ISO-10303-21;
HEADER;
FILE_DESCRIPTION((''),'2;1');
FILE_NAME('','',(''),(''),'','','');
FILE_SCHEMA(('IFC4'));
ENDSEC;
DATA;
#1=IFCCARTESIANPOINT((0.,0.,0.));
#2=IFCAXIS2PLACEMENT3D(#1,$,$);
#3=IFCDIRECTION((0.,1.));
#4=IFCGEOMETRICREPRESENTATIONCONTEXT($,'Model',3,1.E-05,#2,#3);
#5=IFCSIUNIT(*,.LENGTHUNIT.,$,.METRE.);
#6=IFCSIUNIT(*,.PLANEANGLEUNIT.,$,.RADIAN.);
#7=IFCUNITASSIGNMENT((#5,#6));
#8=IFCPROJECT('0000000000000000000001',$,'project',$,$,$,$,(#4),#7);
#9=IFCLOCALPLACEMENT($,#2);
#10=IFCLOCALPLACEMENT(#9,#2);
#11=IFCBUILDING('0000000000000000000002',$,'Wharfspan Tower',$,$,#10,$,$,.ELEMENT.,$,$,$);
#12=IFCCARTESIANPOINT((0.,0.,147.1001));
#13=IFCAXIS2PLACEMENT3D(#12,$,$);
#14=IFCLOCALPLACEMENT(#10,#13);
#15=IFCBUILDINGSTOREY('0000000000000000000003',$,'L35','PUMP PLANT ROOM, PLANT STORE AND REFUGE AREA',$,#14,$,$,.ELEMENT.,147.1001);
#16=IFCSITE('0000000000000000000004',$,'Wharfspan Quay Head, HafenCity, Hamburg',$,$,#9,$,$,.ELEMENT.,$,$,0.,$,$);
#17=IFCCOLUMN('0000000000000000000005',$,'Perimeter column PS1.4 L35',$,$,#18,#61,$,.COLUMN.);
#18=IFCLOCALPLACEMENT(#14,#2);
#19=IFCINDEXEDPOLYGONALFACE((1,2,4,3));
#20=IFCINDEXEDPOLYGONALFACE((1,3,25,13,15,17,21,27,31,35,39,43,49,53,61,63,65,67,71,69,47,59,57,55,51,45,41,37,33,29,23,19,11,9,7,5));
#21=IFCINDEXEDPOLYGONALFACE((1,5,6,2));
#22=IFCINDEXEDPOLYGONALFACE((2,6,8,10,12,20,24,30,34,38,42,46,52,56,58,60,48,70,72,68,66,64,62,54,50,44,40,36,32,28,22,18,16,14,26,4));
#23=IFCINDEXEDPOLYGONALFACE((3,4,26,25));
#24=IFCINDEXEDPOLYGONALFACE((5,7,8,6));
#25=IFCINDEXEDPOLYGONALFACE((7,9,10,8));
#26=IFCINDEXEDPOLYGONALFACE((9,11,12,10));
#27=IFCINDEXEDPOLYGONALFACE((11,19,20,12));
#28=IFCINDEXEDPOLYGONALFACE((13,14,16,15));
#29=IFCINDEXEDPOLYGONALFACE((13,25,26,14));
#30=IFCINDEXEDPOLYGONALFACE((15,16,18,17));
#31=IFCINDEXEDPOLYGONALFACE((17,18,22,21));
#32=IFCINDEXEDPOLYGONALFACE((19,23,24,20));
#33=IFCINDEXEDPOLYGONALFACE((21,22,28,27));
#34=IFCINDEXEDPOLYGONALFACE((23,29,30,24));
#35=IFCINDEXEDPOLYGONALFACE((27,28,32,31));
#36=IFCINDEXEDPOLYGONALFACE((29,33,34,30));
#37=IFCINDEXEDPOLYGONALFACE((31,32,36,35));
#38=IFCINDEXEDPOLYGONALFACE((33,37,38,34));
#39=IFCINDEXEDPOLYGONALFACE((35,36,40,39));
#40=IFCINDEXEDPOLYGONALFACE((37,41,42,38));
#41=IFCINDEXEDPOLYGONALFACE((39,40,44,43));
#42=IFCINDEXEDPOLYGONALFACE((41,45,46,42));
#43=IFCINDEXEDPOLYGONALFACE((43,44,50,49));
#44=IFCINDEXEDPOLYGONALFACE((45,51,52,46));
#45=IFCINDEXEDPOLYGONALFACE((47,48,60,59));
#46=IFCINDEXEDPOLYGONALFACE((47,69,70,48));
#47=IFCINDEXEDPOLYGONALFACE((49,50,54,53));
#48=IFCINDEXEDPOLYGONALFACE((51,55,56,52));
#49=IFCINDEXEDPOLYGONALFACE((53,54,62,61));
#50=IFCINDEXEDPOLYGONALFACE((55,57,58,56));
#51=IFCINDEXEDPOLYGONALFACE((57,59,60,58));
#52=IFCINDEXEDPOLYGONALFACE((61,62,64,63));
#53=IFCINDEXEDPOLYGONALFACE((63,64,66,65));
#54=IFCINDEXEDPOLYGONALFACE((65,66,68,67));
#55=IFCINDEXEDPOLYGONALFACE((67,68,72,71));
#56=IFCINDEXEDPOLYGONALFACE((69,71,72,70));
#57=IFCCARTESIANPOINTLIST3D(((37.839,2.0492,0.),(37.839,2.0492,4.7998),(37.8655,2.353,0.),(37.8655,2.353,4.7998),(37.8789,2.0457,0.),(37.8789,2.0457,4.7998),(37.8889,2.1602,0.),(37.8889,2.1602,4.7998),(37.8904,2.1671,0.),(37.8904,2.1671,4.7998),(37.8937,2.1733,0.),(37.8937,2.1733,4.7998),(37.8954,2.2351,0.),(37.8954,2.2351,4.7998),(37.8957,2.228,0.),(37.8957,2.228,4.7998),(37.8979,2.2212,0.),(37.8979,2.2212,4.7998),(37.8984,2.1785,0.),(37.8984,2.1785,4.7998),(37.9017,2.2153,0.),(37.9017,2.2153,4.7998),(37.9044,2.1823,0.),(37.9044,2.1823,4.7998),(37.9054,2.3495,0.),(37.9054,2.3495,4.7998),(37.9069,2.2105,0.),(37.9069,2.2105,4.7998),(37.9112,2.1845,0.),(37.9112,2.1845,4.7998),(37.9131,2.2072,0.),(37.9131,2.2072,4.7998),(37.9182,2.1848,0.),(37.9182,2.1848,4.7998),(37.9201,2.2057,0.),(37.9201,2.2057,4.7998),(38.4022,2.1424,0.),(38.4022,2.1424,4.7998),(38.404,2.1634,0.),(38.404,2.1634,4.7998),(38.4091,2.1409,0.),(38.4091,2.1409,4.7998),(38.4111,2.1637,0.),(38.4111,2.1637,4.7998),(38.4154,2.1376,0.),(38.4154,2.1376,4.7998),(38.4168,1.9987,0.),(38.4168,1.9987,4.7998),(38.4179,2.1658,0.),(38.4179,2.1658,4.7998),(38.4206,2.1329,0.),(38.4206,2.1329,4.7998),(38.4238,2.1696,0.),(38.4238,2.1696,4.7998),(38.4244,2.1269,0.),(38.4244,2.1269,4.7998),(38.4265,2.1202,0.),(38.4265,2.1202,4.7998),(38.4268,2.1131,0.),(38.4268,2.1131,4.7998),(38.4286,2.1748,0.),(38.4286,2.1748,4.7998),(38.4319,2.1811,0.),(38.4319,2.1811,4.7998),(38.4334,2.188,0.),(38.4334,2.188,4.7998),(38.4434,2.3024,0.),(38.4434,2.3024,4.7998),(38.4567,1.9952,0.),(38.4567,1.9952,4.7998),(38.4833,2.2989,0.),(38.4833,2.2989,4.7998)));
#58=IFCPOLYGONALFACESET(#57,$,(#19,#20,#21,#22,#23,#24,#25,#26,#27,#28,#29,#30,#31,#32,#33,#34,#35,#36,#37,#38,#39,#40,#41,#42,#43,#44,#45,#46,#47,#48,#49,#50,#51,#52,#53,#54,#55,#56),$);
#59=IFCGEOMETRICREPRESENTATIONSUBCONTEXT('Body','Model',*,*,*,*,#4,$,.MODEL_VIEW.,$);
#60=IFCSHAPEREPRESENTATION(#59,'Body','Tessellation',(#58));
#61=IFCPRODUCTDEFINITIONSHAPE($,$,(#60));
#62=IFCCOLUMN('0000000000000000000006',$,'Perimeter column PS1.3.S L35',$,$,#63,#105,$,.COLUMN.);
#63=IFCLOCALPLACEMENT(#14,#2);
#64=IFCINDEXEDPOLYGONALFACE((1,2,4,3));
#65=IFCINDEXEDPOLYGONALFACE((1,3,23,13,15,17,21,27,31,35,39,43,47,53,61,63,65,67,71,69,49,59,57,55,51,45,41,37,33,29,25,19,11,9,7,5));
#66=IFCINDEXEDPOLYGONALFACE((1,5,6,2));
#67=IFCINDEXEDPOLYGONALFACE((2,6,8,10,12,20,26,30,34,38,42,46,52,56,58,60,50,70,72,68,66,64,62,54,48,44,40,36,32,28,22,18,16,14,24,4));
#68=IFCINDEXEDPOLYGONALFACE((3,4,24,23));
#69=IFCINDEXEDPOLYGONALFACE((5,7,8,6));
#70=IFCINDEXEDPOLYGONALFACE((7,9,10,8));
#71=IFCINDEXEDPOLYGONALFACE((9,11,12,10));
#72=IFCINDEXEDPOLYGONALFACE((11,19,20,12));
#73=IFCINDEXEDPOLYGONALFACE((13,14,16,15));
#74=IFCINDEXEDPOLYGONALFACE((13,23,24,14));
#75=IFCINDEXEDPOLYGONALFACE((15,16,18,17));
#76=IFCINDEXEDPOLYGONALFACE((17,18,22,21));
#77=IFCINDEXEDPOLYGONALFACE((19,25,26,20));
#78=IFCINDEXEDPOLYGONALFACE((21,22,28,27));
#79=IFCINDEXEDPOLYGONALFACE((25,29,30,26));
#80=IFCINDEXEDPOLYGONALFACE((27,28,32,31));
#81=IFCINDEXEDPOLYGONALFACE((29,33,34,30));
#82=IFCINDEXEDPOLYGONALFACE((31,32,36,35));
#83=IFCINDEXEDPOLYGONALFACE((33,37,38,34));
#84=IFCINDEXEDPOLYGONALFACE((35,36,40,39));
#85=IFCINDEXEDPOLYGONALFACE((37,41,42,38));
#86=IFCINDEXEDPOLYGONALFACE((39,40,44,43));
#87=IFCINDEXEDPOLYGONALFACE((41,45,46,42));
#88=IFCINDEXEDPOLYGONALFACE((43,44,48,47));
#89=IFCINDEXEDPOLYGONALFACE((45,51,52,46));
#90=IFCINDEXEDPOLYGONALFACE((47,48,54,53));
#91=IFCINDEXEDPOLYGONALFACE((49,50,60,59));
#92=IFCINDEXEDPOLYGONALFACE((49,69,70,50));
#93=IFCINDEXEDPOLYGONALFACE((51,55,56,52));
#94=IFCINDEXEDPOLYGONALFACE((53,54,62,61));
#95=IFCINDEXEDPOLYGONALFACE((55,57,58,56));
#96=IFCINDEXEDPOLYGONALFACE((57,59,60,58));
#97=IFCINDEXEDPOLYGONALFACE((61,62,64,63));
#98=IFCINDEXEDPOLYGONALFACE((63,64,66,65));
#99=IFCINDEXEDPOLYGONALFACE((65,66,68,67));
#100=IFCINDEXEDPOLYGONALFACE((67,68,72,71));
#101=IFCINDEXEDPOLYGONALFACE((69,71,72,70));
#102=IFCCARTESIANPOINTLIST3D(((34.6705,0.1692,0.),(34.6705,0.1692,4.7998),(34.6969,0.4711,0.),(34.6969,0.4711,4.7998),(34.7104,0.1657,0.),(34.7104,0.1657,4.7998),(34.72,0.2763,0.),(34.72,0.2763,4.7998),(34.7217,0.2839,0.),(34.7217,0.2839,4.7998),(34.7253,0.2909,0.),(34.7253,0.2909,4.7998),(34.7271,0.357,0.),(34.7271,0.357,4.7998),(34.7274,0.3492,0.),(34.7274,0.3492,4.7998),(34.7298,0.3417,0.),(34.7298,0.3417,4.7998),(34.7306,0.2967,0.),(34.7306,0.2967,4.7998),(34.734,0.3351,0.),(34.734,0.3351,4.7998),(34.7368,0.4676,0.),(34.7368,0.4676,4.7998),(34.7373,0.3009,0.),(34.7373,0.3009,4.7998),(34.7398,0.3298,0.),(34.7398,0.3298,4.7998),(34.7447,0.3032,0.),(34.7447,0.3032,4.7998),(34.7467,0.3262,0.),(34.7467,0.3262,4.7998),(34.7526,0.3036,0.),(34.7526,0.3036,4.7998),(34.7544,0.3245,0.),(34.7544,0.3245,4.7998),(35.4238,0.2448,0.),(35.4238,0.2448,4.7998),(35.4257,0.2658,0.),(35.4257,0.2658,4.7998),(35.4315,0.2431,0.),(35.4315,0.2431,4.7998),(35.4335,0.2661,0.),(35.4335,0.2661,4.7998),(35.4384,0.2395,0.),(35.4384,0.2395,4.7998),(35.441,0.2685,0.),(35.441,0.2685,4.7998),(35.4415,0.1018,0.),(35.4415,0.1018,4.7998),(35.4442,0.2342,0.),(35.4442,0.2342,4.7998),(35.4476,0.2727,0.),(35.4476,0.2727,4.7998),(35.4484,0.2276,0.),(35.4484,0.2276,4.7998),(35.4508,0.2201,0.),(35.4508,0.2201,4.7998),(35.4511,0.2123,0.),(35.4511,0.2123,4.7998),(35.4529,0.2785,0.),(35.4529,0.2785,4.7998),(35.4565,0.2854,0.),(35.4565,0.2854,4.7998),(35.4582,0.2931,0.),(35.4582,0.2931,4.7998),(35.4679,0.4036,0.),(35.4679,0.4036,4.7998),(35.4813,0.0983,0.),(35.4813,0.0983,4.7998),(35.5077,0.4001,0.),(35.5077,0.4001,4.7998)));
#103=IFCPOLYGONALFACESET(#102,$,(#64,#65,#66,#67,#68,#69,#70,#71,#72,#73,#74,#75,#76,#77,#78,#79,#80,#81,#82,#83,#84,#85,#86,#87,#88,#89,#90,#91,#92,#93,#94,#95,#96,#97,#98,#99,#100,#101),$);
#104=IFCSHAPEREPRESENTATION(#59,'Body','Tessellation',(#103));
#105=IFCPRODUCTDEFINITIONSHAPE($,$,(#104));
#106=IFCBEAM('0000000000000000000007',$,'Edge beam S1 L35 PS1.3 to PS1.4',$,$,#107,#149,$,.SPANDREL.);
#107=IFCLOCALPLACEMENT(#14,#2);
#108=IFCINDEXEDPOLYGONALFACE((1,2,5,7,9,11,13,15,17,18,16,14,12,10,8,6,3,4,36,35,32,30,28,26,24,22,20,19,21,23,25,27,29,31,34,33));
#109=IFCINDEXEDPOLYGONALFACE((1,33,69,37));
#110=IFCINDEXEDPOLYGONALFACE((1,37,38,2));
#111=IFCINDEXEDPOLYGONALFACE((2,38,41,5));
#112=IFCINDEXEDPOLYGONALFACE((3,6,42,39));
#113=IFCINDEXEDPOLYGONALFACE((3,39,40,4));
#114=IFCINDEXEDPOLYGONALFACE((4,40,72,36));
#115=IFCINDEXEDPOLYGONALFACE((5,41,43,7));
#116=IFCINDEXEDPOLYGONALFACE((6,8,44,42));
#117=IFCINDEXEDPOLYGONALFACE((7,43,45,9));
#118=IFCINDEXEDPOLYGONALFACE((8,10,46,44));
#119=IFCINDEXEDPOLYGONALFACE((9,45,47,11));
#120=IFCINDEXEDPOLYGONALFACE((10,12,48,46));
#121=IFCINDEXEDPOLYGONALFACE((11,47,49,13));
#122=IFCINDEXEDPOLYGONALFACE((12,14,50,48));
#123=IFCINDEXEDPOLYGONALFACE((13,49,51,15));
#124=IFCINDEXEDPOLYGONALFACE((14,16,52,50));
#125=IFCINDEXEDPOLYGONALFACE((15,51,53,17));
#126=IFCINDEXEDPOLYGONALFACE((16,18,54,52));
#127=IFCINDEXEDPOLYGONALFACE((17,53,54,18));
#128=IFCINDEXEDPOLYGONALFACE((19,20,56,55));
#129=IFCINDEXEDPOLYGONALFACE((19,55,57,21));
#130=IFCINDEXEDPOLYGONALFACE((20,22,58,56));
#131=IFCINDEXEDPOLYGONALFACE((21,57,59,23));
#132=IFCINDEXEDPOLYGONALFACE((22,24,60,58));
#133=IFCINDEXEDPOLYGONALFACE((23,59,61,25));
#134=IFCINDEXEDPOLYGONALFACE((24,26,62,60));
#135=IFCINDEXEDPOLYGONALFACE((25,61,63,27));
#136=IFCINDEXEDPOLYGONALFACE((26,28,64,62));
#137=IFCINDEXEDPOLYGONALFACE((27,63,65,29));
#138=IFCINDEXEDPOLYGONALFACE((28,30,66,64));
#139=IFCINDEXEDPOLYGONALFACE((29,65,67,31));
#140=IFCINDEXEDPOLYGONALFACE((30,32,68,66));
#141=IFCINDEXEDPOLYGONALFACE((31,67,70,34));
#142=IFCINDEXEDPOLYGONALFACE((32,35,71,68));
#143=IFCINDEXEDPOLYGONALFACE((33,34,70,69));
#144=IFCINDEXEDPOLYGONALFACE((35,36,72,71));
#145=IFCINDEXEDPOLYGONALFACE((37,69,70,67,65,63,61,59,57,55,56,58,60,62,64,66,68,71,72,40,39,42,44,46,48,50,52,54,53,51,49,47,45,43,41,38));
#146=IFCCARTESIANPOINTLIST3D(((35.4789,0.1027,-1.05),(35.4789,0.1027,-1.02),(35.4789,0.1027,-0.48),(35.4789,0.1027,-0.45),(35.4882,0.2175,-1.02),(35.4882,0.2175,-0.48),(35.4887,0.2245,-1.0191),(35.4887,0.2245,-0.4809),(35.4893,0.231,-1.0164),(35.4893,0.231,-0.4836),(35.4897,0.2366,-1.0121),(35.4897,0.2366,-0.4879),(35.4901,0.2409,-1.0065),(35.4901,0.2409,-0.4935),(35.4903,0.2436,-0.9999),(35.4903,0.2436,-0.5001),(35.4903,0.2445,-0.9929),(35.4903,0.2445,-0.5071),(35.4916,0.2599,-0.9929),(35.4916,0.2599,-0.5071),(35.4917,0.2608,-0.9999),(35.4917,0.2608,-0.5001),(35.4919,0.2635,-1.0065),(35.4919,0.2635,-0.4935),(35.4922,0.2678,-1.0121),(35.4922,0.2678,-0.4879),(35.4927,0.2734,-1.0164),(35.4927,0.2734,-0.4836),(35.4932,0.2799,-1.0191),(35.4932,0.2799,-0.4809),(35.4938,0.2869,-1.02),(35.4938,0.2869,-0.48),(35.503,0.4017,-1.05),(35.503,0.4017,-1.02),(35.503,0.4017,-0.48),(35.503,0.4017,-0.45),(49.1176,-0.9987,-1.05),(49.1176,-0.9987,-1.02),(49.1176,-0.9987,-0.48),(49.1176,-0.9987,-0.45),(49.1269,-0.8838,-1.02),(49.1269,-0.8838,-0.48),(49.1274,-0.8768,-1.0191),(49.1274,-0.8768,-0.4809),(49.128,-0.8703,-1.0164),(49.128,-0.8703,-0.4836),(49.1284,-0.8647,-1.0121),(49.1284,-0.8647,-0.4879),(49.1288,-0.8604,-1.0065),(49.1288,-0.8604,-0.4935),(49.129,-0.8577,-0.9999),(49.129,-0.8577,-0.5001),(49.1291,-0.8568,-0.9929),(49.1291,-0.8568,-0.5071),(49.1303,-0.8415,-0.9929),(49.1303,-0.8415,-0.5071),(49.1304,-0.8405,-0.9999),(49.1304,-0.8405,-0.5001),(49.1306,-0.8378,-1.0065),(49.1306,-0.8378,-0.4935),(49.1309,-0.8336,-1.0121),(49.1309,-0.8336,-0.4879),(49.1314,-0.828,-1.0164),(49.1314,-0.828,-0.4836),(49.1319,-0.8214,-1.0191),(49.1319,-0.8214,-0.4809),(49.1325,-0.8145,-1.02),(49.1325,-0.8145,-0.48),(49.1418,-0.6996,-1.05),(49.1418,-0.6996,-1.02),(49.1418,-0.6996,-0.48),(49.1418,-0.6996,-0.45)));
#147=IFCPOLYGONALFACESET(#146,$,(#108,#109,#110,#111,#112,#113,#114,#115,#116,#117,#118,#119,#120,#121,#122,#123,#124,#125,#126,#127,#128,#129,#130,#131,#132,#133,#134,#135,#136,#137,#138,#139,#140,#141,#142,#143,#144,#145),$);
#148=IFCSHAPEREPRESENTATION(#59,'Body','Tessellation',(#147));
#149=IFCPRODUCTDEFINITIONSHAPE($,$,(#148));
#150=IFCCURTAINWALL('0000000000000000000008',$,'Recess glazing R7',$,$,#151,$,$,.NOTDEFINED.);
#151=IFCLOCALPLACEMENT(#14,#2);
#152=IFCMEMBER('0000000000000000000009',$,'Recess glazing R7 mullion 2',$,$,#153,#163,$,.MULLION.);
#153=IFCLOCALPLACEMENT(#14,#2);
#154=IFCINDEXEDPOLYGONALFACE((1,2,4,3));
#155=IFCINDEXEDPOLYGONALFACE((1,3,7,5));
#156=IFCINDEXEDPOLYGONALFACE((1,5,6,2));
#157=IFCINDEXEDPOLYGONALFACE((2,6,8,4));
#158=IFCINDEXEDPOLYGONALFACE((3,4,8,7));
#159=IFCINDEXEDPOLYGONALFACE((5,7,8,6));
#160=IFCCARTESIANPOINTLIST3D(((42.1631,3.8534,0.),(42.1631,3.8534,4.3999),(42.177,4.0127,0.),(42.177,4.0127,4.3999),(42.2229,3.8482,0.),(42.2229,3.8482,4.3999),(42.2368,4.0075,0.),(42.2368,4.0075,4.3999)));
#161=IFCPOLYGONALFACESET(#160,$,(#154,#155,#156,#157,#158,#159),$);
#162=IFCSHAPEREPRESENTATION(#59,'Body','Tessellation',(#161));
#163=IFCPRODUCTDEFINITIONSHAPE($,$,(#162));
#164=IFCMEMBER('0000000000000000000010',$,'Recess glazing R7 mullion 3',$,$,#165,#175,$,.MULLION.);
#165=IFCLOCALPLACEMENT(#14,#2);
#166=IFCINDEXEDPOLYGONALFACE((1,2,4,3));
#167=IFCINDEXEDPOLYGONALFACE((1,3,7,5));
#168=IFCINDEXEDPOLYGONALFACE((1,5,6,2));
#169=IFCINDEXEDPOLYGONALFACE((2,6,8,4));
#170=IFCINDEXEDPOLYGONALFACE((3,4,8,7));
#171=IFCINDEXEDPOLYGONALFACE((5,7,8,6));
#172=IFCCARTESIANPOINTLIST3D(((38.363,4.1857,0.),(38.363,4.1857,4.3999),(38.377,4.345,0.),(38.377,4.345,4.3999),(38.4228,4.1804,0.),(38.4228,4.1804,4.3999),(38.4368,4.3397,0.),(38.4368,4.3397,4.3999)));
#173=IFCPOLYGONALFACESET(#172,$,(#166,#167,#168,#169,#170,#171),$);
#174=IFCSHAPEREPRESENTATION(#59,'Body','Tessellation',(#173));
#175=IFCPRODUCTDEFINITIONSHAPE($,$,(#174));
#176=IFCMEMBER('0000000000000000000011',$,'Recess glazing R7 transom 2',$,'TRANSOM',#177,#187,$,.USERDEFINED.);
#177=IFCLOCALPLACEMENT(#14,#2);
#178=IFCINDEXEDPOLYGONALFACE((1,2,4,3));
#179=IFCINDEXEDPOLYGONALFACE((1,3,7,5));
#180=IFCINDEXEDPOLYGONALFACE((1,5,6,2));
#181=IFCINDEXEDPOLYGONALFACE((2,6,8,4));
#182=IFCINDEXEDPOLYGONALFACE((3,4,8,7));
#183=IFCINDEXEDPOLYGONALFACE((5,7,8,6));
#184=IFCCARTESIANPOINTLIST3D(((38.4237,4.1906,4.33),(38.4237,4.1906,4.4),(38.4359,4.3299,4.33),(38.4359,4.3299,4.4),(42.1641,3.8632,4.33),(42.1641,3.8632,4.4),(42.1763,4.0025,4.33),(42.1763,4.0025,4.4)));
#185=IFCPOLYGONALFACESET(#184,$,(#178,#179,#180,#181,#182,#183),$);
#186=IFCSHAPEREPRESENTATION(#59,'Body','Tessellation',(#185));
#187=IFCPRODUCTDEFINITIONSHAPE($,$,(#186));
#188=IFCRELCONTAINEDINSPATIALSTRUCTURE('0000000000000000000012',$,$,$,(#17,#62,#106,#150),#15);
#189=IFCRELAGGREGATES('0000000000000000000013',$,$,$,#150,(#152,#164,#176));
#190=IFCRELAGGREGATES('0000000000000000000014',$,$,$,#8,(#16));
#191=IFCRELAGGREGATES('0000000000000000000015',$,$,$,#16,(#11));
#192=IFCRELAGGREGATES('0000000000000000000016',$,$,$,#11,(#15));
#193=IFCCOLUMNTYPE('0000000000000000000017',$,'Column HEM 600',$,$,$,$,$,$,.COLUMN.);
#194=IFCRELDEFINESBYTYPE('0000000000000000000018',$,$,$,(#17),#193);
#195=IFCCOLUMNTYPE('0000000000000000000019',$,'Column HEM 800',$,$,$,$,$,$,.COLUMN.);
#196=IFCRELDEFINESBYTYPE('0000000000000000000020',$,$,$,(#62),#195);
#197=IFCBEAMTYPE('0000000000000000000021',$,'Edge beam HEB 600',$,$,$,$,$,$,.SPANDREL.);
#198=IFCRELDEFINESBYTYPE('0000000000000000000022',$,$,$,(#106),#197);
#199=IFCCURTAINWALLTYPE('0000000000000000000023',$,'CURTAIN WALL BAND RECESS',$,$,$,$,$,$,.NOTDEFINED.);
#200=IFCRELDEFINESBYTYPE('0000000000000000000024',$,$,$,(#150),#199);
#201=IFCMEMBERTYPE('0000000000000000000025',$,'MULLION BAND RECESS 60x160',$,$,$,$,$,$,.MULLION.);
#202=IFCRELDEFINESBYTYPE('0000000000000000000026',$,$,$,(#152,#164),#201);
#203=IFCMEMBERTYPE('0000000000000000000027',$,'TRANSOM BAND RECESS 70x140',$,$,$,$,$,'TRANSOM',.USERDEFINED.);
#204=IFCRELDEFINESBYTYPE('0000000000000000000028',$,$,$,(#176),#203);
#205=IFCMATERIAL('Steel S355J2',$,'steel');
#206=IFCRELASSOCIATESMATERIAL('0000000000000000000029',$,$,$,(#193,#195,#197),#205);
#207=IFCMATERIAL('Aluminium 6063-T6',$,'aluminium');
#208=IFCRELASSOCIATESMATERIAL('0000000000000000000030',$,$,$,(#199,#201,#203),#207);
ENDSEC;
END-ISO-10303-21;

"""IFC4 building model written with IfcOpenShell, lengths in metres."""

from ifc_helpers import new_model, si_unit, direction, frame, origin, origin_2d, place, context, subcontext, project, spatial, rectangle, i_section, extrude, material, material_profile, profile_set, type_object, element, aggregate, save


model = new_model("IFC4")

# Units and contexts
model_context = context("Model", 3, precision=1e-05, world=origin(), true_north=direction((0.0, 1.0)))
body_context = subcontext(model_context, "Body", "Model", "MODEL_VIEW")
ifc_project = project(units=[si_unit("LENGTHUNIT", "METRE"), si_unit("PLANEANGLEUNIT", "RADIAN")], contexts=[model_context])

# Site, building, storey
site_placement = place(None, origin())
site = spatial("IfcSite", under=ifc_project, at=site_placement, Name="Wharfspan Quay Head, HafenCity, Hamburg", CompositionType="ELEMENT", RefElevation=0.0)
building_placement = place(site_placement, origin())
building = spatial("IfcBuilding", under=site, at=building_placement, Name="Wharfspan Tower", CompositionType="ELEMENT")
storey_placement = place(building_placement, frame((0.0, 0.0, 147.1001)))
storey = spatial("IfcBuildingStorey", under=building, at=storey_placement, Name="L35", Description="PUMP PLANT ROOM, PLANT STORE AND REFUGE AREA", CompositionType="ELEMENT", Elevation=147.1001)

# Columns
ifc_material_1 = material(Name="Steel S355J2", Category="steel")
ifc_material_profile_1 = material_profile(ifc_material_1, i_section(OverallWidth=0.3049, OverallDepth=0.6201, WebThickness=0.021, FlangeThickness=0.04, FilletRadius=0.0271, at=origin_2d()))
ifc_profile_set_1 = profile_set([ifc_material_profile_1], Name="Steel S355J2")
column_type_1 = type_object("IfcColumnType", Name="Column HEM 600", PredefinedType="COLUMN", material=ifc_profile_set_1)
column_1_placement = place(storey_placement, frame((38.1611, 2.1741, 0.0), z_axis=(0.0, 0.0, 1.0), x_axis=(-0.087156, -0.996198, 0.0)))
element("IfcColumn", 1, at=column_1_placement, inside=storey, type_object=column_type_1, Name="Perimeter column PS1.4 L35", PredefinedType="COLUMN", context=body_context, shape_type="SweptSolid", body=[
    extrude(i_section(OverallWidth=0.3049, OverallDepth=0.6201, WebThickness=0.021, FlangeThickness=0.04, FilletRadius=0.0271, at=origin_2d()), origin(), (0.0, 0.0, 1.0), 4.7998),
])
ifc_material_profile_2 = material_profile(ifc_material_1, i_section(OverallWidth=0.303, OverallDepth=0.814, WebThickness=0.021, FlangeThickness=0.04, FilletRadius=0.03, at=origin_2d()))
ifc_profile_set_2 = profile_set([ifc_material_profile_2], Name="Steel S355J2")
column_type_2 = type_object("IfcColumnType", Name="Column HEM 800", PredefinedType="COLUMN", material=ifc_profile_set_2)
column_2_placement = place(storey_placement, frame((35.0891, 0.2847, 0.0), z_axis=(0.0, 0.0, 1.0), x_axis=(-0.087156, -0.996198, 0.0)))
element("IfcColumn", 2, at=column_2_placement, inside=storey, type_object=column_type_2, Name="Perimeter column PS1.3.S L35", PredefinedType="COLUMN", context=body_context, shape_type="SweptSolid", body=[
    extrude(i_section(OverallWidth=0.303, OverallDepth=0.814, WebThickness=0.021, FlangeThickness=0.04, FilletRadius=0.03, at=origin_2d()), origin(), (0.0, 0.0, 1.0), 4.7998),
])

# Beam
ifc_material_profile_3 = material_profile(ifc_material_1, i_section(OverallWidth=0.3, OverallDepth=0.6001, WebThickness=0.0154, FlangeThickness=0.03, FilletRadius=0.0271, at=origin_2d()))
ifc_profile_set_3 = profile_set([ifc_material_profile_3], Name="Steel S355J2")
beam_type = type_object("IfcBeamType", Name="Edge beam HEB 600", PredefinedType="SPANDREL", material=ifc_profile_set_3)
beam_placement = place(storey_placement, frame((35.491, 0.2522, -0.75), z_axis=(0.996756, -0.080488, 0.0), x_axis=(0.080488, 0.996756, 0.0)))
element("IfcBeam", 3, at=beam_placement, inside=storey, type_object=beam_type, Name="Edge beam S1 L35 PS1.3 to PS1.4", PredefinedType="SPANDREL", context=body_context, shape_type="SweptSolid", body=[
    extrude(i_section(OverallWidth=0.3, OverallDepth=0.6001, WebThickness=0.0154, FlangeThickness=0.03, FilletRadius=0.0271, at=origin_2d()), origin(), (0.0, 0.0, 1.0), 13.6831),
])

# Curtain wall, members
ifc_material_2 = material(Name="Aluminium 6063-T6", Category="aluminium")
curtain_wall_type = type_object("IfcCurtainWallType", Name="CURTAIN WALL BAND RECESS", PredefinedType="NOTDEFINED", material=ifc_material_2)
curtain_wall_placement = place(storey_placement, origin())
curtain_wall = element("IfcCurtainWall", 4, at=curtain_wall_placement, inside=storey, type_object=curtain_wall_type, Name="Recess glazing R7", PredefinedType="NOTDEFINED")
ifc_material_profile_4 = material_profile(ifc_material_2, rectangle(XDim=0.1599, YDim=0.0601, at=origin_2d()))
ifc_profile_set_4 = profile_set([ifc_material_profile_4], Name="Aluminium 6063-T6")
member_type_1 = type_object("IfcMemberType", Name="MULLION BAND RECESS 60x160", PredefinedType="MULLION", material=ifc_profile_set_4)
member_1_placement = place(storey_placement, frame((42.2, 3.9304, 0.0), z_axis=(0.0, 0.0, 1.0), x_axis=(-0.087156, -0.996198, 0.0)))
member_1 = element("IfcMember", 5, at=member_1_placement, type_object=member_type_1, Name="Recess glazing R7 mullion 2", PredefinedType="MULLION", context=body_context, shape_type="SweptSolid", body=[
    extrude(rectangle(XDim=0.1599, YDim=0.0601, at=origin_2d()), origin(), (0.0, 0.0, 1.0), 4.3999),
])
member_2_placement = place(storey_placement, frame((38.3999, 4.2627, 0.0), z_axis=(0.0, 0.0, 1.0), x_axis=(-0.087156, -0.996198, 0.0)))
member_2 = element("IfcMember", 6, at=member_2_placement, type_object=member_type_1, Name="Recess glazing R7 mullion 3", PredefinedType="MULLION", context=body_context, shape_type="SweptSolid", body=[
    extrude(rectangle(XDim=0.1599, YDim=0.0601, at=origin_2d()), origin(), (0.0, 0.0, 1.0), 4.3999),
])
ifc_material_profile_5 = material_profile(ifc_material_2, rectangle(XDim=0.1399, YDim=0.0701, at=origin_2d()))
ifc_profile_set_5 = profile_set([ifc_material_profile_5], Name="Aluminium 6063-T6")
member_type_2 = type_object("IfcMemberType", Name="TRANSOM BAND RECESS 70x140", ElementType="TRANSOM", PredefinedType="USERDEFINED", material=ifc_profile_set_5)
member_3_placement = place(storey_placement, frame((42.1702, 3.9329, 4.365), z_axis=(-0.996191, 0.087199, 0.0), x_axis=(-0.087199, -0.996191, 0.0)))
member_3 = element("IfcMember", 7, at=member_3_placement, type_object=member_type_2, Name="Recess glazing R7 transom 2", ObjectType="TRANSOM", PredefinedType="USERDEFINED", context=body_context, shape_type="SweptSolid", body=[
    extrude(rectangle(XDim=0.1399, YDim=0.0701, at=origin_2d()), origin(), (0.0, 0.0, 1.0), 3.7546),
])

aggregate(curtain_wall, [member_1, member_2, member_3])

save(model, "model.ifc")
